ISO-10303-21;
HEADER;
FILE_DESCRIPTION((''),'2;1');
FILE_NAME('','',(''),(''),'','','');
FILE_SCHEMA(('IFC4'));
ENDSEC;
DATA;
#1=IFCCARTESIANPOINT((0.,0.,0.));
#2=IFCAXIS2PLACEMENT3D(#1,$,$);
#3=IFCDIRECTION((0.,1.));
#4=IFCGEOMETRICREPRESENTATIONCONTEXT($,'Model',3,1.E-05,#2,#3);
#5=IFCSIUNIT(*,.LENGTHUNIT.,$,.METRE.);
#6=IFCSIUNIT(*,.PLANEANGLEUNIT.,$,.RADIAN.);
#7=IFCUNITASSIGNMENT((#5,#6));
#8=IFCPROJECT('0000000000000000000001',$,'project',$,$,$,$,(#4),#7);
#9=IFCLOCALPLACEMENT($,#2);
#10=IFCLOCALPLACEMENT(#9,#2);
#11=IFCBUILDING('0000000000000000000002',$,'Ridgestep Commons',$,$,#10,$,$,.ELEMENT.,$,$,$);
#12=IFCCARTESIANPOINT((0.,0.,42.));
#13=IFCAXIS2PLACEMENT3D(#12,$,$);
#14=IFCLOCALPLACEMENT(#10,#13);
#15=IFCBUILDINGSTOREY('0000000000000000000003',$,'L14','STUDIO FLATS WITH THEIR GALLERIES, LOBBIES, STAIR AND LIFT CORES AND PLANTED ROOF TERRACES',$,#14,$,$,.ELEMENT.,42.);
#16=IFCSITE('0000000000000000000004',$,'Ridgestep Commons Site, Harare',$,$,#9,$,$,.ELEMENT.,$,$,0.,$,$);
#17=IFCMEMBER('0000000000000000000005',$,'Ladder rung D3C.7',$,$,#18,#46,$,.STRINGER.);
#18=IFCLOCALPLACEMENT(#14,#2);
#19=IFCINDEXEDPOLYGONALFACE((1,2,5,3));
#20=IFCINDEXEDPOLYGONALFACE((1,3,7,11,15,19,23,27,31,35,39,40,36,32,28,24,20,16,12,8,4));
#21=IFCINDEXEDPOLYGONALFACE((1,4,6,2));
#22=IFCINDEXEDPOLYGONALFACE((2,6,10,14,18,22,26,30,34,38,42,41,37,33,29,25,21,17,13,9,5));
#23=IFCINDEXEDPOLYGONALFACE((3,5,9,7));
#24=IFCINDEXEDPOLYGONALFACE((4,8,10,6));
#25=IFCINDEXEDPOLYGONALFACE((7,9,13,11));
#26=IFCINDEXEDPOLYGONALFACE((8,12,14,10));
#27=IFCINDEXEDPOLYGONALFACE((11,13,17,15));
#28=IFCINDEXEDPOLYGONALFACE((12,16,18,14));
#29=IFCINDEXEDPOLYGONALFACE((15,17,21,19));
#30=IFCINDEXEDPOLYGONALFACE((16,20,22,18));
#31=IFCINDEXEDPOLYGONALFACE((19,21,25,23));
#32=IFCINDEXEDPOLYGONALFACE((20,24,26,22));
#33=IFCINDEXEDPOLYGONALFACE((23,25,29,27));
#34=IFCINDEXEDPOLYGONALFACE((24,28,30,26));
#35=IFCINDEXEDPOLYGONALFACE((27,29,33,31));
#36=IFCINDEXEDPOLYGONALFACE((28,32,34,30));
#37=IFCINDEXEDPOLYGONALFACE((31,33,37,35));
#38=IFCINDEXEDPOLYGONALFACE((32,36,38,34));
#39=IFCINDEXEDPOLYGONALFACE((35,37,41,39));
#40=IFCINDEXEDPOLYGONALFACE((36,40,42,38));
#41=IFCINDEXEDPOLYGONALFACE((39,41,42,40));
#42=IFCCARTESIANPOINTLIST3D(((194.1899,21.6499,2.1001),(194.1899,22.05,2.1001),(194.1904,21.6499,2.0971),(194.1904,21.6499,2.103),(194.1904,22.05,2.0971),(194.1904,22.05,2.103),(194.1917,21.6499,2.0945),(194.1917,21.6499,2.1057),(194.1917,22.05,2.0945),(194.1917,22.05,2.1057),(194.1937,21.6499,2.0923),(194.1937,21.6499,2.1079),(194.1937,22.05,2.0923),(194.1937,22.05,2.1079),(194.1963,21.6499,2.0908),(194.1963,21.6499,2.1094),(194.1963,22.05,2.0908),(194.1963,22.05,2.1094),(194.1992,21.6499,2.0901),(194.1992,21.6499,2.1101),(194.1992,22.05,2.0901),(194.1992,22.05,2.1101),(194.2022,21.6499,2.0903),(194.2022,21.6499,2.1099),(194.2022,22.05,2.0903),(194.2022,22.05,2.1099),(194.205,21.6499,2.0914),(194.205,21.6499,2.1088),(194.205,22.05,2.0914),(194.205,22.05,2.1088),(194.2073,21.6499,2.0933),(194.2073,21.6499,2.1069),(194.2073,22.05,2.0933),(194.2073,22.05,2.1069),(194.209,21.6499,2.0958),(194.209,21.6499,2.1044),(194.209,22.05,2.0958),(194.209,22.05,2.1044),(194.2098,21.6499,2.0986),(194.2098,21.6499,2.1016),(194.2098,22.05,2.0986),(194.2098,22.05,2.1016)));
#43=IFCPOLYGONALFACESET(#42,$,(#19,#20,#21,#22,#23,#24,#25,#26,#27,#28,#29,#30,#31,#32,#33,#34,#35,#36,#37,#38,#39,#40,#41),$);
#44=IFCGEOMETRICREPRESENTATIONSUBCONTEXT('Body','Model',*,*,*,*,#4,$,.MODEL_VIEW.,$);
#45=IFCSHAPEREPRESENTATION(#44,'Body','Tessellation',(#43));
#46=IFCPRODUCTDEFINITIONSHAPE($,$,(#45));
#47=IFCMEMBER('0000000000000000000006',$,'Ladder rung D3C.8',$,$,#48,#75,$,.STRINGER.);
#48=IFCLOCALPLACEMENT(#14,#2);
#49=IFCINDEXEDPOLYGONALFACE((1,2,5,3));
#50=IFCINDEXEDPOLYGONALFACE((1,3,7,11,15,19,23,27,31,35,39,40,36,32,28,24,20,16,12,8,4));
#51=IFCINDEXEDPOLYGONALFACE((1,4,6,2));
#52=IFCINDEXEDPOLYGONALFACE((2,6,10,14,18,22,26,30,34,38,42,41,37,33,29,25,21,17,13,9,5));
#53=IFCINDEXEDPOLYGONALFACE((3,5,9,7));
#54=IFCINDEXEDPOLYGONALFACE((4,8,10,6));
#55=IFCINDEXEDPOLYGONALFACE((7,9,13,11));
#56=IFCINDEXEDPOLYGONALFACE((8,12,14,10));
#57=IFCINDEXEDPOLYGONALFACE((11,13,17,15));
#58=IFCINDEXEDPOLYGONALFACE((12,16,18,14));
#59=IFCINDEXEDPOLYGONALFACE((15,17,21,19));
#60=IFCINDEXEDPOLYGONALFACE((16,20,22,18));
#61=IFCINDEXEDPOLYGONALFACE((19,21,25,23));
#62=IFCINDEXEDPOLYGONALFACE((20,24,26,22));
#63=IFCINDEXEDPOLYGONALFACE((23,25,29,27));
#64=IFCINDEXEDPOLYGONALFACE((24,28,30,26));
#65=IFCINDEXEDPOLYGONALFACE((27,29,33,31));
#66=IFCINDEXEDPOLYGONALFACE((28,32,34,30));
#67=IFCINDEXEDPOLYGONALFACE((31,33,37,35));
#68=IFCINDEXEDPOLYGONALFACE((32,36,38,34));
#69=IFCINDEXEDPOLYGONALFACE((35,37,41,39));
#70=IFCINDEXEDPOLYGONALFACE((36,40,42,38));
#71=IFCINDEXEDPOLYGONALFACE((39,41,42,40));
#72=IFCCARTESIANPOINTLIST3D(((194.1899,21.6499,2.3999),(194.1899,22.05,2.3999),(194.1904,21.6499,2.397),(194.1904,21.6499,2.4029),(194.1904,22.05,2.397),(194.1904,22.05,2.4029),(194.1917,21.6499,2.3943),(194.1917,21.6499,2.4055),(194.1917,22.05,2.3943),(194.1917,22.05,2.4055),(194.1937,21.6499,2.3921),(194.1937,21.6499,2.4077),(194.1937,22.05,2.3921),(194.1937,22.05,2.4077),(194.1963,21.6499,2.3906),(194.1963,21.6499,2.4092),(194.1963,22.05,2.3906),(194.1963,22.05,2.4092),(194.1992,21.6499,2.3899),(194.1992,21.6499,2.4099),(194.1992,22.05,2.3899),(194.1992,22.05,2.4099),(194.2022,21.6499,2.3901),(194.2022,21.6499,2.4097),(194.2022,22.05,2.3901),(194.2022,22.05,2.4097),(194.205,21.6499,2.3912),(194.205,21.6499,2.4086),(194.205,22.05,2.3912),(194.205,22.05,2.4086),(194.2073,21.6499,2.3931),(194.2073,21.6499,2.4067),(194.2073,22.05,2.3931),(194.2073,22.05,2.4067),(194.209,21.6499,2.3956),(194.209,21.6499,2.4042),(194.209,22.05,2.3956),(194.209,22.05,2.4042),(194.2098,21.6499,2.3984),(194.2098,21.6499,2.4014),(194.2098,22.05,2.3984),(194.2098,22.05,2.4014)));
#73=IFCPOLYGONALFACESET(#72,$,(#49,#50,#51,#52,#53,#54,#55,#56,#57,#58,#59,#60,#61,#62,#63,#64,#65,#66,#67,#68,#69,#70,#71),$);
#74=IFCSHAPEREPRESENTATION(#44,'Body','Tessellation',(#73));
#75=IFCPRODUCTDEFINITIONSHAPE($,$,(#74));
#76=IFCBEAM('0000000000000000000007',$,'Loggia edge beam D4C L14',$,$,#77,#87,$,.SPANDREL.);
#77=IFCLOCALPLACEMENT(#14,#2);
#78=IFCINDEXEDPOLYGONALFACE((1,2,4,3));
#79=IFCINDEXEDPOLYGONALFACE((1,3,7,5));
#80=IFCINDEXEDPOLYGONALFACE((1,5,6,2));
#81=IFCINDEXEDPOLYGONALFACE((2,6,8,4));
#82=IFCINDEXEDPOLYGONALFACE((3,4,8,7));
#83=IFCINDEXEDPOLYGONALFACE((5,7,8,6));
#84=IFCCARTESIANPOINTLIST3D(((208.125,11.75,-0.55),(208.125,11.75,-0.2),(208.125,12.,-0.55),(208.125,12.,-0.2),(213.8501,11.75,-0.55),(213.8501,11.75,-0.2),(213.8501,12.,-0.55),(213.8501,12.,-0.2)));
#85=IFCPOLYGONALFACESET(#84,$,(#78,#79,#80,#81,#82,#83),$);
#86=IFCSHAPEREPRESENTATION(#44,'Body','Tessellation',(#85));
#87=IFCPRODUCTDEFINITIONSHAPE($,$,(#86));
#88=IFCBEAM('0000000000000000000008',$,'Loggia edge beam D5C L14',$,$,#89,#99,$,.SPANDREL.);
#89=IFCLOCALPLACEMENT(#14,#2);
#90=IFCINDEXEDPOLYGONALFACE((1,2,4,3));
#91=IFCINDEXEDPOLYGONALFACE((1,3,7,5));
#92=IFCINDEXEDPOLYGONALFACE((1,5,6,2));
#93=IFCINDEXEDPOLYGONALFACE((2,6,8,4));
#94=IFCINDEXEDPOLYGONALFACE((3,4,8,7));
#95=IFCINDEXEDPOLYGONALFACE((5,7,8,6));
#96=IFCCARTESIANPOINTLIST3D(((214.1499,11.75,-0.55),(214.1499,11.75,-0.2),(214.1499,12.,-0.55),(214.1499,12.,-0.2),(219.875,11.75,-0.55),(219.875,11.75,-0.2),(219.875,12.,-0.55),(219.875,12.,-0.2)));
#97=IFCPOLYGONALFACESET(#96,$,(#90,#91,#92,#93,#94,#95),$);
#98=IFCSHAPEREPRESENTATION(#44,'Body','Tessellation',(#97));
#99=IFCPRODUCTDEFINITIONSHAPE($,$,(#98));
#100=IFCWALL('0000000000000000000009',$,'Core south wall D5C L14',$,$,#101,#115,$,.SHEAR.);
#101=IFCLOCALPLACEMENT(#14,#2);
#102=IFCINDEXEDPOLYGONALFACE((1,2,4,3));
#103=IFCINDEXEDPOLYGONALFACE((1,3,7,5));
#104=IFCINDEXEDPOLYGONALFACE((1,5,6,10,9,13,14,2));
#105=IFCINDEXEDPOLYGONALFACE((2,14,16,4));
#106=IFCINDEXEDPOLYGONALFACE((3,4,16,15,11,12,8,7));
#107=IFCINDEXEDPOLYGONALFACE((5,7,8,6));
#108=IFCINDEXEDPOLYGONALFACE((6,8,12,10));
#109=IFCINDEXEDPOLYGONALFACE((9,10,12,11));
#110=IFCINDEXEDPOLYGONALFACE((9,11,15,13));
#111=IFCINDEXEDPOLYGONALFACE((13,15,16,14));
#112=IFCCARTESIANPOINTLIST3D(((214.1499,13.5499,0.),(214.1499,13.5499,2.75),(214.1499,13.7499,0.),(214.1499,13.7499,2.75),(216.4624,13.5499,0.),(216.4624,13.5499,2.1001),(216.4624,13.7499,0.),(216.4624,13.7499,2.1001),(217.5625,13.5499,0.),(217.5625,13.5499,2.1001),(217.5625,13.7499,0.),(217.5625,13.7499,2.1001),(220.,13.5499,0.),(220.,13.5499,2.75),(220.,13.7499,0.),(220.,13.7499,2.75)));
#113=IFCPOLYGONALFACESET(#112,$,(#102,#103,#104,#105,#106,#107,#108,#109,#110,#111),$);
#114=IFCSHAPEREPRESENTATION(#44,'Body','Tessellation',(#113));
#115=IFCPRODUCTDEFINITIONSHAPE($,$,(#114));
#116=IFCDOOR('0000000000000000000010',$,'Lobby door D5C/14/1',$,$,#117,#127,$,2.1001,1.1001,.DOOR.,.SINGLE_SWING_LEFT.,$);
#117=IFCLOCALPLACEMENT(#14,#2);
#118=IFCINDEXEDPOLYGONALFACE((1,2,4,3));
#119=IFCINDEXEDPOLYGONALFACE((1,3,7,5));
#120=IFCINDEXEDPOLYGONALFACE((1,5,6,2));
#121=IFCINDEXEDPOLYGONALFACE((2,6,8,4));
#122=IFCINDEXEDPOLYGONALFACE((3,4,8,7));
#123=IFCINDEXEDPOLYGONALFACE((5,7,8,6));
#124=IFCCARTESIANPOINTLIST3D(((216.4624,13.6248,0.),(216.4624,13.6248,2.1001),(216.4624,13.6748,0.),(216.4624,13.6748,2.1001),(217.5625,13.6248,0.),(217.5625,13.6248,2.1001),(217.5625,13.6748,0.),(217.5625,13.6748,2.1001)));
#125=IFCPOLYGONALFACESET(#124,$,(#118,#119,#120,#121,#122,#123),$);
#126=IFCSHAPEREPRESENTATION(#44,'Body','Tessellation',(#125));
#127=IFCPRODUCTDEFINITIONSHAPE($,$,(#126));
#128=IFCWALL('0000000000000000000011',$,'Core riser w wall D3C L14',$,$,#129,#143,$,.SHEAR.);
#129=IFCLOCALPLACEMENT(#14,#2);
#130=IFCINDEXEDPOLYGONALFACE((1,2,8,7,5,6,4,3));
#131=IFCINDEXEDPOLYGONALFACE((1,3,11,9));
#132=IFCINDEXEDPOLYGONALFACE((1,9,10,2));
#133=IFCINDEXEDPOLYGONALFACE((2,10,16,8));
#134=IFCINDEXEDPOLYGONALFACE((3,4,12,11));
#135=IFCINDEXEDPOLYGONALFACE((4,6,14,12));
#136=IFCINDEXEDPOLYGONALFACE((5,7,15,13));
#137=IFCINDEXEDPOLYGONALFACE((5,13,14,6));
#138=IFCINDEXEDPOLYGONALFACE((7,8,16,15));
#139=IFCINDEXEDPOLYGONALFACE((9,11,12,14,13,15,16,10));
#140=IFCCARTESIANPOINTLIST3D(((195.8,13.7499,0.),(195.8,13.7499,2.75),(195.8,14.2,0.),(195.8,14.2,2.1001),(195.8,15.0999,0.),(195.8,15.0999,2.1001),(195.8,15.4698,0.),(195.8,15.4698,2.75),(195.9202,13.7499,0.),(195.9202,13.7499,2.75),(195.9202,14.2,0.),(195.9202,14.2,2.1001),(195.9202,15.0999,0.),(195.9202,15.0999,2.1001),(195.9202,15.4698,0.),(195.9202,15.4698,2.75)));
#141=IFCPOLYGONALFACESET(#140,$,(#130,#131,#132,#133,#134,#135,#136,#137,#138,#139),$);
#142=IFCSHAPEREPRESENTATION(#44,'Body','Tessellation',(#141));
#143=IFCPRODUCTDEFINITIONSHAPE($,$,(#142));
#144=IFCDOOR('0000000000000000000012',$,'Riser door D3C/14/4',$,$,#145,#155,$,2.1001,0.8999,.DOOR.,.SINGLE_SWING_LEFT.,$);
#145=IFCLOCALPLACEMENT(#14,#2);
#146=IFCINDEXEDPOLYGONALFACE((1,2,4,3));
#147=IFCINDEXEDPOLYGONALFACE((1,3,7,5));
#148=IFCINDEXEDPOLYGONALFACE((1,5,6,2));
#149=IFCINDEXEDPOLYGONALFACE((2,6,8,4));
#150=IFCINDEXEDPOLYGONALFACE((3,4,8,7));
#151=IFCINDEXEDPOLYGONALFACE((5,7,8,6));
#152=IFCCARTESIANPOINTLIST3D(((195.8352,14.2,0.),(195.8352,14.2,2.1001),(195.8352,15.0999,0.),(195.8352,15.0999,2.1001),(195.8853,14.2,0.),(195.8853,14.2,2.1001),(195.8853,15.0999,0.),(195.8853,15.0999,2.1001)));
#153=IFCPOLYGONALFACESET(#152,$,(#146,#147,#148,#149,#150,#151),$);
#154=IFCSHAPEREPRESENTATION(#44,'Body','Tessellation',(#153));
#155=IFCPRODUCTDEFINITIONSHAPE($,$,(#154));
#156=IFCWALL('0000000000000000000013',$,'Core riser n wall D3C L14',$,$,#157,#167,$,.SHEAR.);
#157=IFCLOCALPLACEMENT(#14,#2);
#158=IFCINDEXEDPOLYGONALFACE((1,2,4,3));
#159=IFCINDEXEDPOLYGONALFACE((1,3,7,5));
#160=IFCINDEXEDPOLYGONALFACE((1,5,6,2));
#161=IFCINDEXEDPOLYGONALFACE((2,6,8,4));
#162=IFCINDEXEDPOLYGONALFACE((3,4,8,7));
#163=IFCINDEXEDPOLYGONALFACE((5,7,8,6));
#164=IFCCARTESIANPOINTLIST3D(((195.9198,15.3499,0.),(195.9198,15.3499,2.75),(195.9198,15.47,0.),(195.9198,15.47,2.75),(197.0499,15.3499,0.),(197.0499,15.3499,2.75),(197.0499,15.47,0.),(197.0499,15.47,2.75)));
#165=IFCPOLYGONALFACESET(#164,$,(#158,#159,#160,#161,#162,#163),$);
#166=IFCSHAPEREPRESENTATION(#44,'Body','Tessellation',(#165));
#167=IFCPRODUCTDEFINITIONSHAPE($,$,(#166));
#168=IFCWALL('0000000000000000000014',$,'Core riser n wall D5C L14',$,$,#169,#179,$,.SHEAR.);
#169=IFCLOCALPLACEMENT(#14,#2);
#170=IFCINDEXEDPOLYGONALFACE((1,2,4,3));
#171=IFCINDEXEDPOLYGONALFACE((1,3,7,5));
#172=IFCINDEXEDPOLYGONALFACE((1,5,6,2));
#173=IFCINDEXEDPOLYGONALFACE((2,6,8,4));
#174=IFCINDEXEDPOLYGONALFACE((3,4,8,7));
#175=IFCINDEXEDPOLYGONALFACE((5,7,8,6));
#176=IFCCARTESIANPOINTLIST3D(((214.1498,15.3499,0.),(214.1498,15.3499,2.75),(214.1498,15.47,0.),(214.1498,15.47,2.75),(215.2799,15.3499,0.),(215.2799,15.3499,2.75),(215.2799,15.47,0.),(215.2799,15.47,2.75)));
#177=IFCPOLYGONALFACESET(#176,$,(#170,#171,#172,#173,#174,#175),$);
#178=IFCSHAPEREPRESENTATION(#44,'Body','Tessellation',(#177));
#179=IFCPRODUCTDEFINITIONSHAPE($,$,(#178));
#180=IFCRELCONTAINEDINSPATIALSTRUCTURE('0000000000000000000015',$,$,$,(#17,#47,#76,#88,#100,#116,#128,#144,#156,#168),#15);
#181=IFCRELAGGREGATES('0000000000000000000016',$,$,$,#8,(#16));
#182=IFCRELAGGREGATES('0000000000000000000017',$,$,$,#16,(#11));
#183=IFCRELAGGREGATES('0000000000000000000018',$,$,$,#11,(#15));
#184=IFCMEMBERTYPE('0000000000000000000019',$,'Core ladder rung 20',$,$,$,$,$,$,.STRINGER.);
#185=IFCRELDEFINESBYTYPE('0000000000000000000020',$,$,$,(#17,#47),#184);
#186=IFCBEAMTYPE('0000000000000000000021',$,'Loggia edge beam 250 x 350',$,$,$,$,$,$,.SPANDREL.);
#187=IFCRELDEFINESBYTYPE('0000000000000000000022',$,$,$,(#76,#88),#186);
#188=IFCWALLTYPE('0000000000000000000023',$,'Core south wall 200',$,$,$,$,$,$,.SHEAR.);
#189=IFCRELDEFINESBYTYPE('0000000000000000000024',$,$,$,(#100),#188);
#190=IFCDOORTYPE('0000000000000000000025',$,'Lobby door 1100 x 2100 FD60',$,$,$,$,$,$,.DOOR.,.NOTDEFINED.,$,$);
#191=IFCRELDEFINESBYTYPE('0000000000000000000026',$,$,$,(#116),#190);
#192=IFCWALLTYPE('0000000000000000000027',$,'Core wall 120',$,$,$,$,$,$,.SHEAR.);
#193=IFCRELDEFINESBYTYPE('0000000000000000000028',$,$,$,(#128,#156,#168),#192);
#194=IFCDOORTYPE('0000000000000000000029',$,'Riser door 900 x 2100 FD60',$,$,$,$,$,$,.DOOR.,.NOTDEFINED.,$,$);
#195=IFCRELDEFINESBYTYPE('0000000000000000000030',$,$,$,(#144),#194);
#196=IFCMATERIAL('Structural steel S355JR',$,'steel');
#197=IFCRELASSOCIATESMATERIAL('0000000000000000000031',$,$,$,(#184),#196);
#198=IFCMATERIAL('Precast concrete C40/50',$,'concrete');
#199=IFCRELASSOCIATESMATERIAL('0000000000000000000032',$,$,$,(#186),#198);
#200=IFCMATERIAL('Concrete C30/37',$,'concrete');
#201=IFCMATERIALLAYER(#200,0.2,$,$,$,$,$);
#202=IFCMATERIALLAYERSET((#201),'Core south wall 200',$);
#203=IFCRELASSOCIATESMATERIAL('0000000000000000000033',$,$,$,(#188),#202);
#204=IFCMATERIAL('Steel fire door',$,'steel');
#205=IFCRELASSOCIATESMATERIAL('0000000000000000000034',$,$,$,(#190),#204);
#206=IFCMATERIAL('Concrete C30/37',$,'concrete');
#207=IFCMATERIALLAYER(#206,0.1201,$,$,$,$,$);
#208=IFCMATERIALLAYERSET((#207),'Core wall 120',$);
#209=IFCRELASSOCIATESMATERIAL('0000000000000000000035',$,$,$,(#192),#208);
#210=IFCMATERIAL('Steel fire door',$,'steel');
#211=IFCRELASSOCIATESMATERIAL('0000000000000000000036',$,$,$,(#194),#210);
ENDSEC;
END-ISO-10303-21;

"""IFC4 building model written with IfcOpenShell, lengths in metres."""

from ifc_helpers import new_model, si_unit, direction, frame, frame_2d, origin, origin_2d, place, context, subcontext, project, spatial, rectangle, circle, extrude, material, layer, layer_set, material_profile, profile_set, type_object, element, fill, save


model = new_model("IFC4")

# Units and contexts
model_context = context("Model", 3, precision=1e-05, world=origin(), true_north=direction((0.0, 1.0)))
body_context = subcontext(model_context, "Body", "Model", "MODEL_VIEW")
ifc_project = project(units=[si_unit("LENGTHUNIT", "METRE"), si_unit("PLANEANGLEUNIT", "RADIAN")], contexts=[model_context])

# Site, building, storey
site_placement = place(None, origin())
site = spatial("IfcSite", under=ifc_project, at=site_placement, Name="Ridgestep Commons Site, Harare", CompositionType="ELEMENT", RefElevation=0.0)
building_placement = place(site_placement, origin())
building = spatial("IfcBuilding", under=site, at=building_placement, Name="Ridgestep Commons", CompositionType="ELEMENT")
storey_placement = place(building_placement, frame((0.0, 0.0, 42.0)))
storey = spatial("IfcBuildingStorey", under=building, at=storey_placement, Name="L14", Description="STUDIO FLATS WITH THEIR GALLERIES, LOBBIES, STAIR AND LIFT CORES AND PLANTED ROOF TERRACES", CompositionType="ELEMENT", Elevation=42.0)

# Members
ifc_material_1 = material(Name="Structural steel S355JR", Category="steel")
ifc_material_profile_1 = material_profile(ifc_material_1, circle(Radius=0.01, at=origin_2d()), Name="Round bar 20")
ifc_profile_set_1 = profile_set([ifc_material_profile_1], Name="Structural steel S355JR")
member_type = type_object("IfcMemberType", Name="Core ladder rung 20", PredefinedType="STRINGER", material=ifc_profile_set_1)
for number, where, z_axis, x_axis, name in (
    (1, (194.2, 21.6499, 2.1001), (0.0, 1.0, 0.0), (-1.0, 0.0, 0.0), "Ladder rung D3C.7"),
    (2, (194.2, 21.6499, 2.3999), (0.0, 1.0, 0.0), (-1.0, 0.0, 0.0), "Ladder rung D3C.8"),
):
    element("IfcMember", number, at=place(storey_placement, frame(where, z_axis=z_axis, x_axis=x_axis)), inside=storey, type_object=member_type, Name=name, PredefinedType="STRINGER", context=body_context, shape_type="SweptSolid", body=[
        extrude(circle(Radius=0.01, at=origin_2d()), origin(), (0.0, 0.0, 1.0), 0.4001),
    ])

# Beams
ifc_material_2 = material(Name="Precast concrete C40/50", Category="concrete")
ifc_material_profile_2 = material_profile(ifc_material_2, rectangle(XDim=0.25, YDim=0.3501, at=origin_2d()), Name="PC 250x350")
ifc_profile_set_2 = profile_set([ifc_material_profile_2], Name="Precast concrete C40/50")
beam_type = type_object("IfcBeamType", Name="Loggia edge beam 250 x 350", PredefinedType="SPANDREL", material=ifc_profile_set_2)
for number, where, z_axis, x_axis, name in (
    (3, (208.125, 11.875, -0.375), (1.0, 0.0, 0.0), (0.0, 1.0, 0.0), "Loggia edge beam D4C L14"),
    (4, (214.1499, 11.875, -0.375), (1.0, 0.0, 0.0), (0.0, 1.0, 0.0), "Loggia edge beam D5C L14"),
):
    element("IfcBeam", number, at=place(storey_placement, frame(where, z_axis=z_axis, x_axis=x_axis)), inside=storey, type_object=beam_type, Name=name, PredefinedType="SPANDREL", context=body_context, shape_type="SweptSolid", body=[
        extrude(rectangle(XDim=0.25, YDim=0.3501, at=origin_2d()), origin(), (0.0, 0.0, 1.0), 5.7251),
    ])

# Walls, openings, doors
ifc_material_3 = material(Name="Concrete C30/37", Category="concrete")
ifc_layer_1 = layer(ifc_material_3, 0.2)
ifc_layer_set_1 = layer_set([ifc_layer_1], Name="Core south wall 200")
wall_type_1 = type_object("IfcWallType", Name="Core south wall 200", PredefinedType="SHEAR", material=ifc_layer_set_1)
wall_1_placement = place(storey_placement, frame((214.1499, 13.6499, 0.0), z_axis=(0.0, 0.0, 1.0), x_axis=(1.0, 0.0, 0.0)))
wall_1 = element("IfcWall", 5, at=wall_1_placement, inside=storey, type_object=wall_type_1, Name="Core south wall D5C L14", PredefinedType="SHEAR", context=body_context, shape_type="SweptSolid", body=[
    extrude(rectangle(XDim=5.8501, YDim=0.2, at=frame_2d((2.925, 0.0))), origin(), (0.0, 0.0, 1.0), 2.75),
])
opening_1_placement = place(wall_1_placement, frame((2.3125, 0.0, 0.0)))
opening_1 = element("IfcOpeningElement", 6, at=opening_1_placement, cuts=wall_1, PredefinedType="OPENING", context=body_context, shape_type="SweptSolid", body=[
    extrude(rectangle(XDim=1.1001, YDim=2.1001, at=frame_2d((0.55, 1.05))), frame((0.0, 0.1099, 0.0), z_axis=(0.0, -1.0, 0.0), x_axis=(1.0, 0.0, 0.0)), (0.0, 0.0, 1.0), 0.22),
])
ifc_material_4 = material(Name="Steel fire door", Category="steel")
door_type_1 = type_object("IfcDoorType", Name="Lobby door 1100 x 2100 FD60", OperationType="NOTDEFINED", PredefinedType="DOOR", material=ifc_material_4)
door_1_placement = place(opening_1_placement, origin())
door_1 = element("IfcDoor", 7, at=door_1_placement, inside=storey, type_object=door_type_1, Name="Lobby door D5C/14/1", OperationType="SINGLE_SWING_LEFT", OverallHeight=2.1001, OverallWidth=1.1001, PredefinedType="DOOR", context=body_context, shape_type="SweptSolid", body=[
    extrude(rectangle(XDim=1.1001, YDim=2.1001, at=frame_2d((0.55, 1.05))), frame((0.0, 0.0249, 0.0), z_axis=(0.0, -1.0, 0.0), x_axis=(1.0, 0.0, 0.0)), (0.0, 0.0, 1.0), 0.05),
])
fill(opening_1, door_1)
ifc_material_5 = material(Name="Concrete C30/37", Category="concrete")
ifc_layer_2 = layer(ifc_material_5, 0.1201)
ifc_layer_set_2 = layer_set([ifc_layer_2], Name="Core wall 120")
wall_type_2 = type_object("IfcWallType", Name="Core wall 120", PredefinedType="SHEAR", material=ifc_layer_set_2)
wall_2_placement = place(storey_placement, frame((195.8601, 13.75, 0.0), z_axis=(0.0, 0.0, 1.0), x_axis=(0.0, 1.0, 0.0)))
wall_2 = element("IfcWall", 8, at=wall_2_placement, inside=storey, type_object=wall_type_2, Name="Core riser w wall D3C L14", PredefinedType="SHEAR", context=body_context, shape_type="SweptSolid", body=[
    extrude(rectangle(XDim=1.72, YDim=0.1201, at=frame_2d((0.8599, 0.0))), origin(), (0.0, 0.0, 1.0), 2.75),
])
opening_2_placement = place(wall_2_placement, frame((0.45, 0.0, 0.0)))
opening_2 = element("IfcOpeningElement", 9, at=opening_2_placement, cuts=wall_2, PredefinedType="OPENING", context=body_context, shape_type="SweptSolid", body=[
    extrude(rectangle(XDim=0.8999, YDim=2.1001, at=frame_2d((0.45, 1.05))), frame((0.0, 0.0701, 0.0), z_axis=(0.0, -1.0, 0.0), x_axis=(1.0, 0.0, 0.0)), (0.0, 0.0, 1.0), 0.1401),
])
ifc_material_6 = material(Name="Steel fire door", Category="steel")
door_type_2 = type_object("IfcDoorType", Name="Riser door 900 x 2100 FD60", OperationType="NOTDEFINED", PredefinedType="DOOR", material=ifc_material_6)
door_2_placement = place(opening_2_placement, origin())
door_2 = element("IfcDoor", 10, at=door_2_placement, inside=storey, type_object=door_type_2, Name="Riser door D3C/14/4", OperationType="SINGLE_SWING_LEFT", OverallHeight=2.1001, OverallWidth=0.8999, PredefinedType="DOOR", context=body_context, shape_type="SweptSolid", body=[
    extrude(rectangle(XDim=0.8999, YDim=2.1001, at=frame_2d((0.45, 1.05))), frame((0.0, 0.0249, 0.0), z_axis=(0.0, -1.0, 0.0), x_axis=(1.0, 0.0, 0.0)), (0.0, 0.0, 1.0), 0.05),
])
fill(opening_2, door_2)

# Walls
for number, where, z_axis, x_axis, name in (
    (11, (195.9199, 15.4099, 0.0), (0.0, 0.0, 1.0), (1.0, 0.0, 0.0), "Core riser n wall D3C L14"),
    (12, (214.1499, 15.4099, 0.0), (0.0, 0.0, 1.0), (1.0, 0.0, 0.0), "Core riser n wall D5C L14"),
):
    element("IfcWall", number, at=place(storey_placement, frame(where, z_axis=z_axis, x_axis=x_axis)), inside=storey, type_object=wall_type_2, Name=name, PredefinedType="SHEAR", context=body_context, shape_type="SweptSolid", body=[
        extrude(rectangle(XDim=1.1301, YDim=0.1201, at=frame_2d((0.5649, 0.0))), origin(), (0.0, 0.0, 1.0), 2.75),
    ])

save(model, "model.ifc")
